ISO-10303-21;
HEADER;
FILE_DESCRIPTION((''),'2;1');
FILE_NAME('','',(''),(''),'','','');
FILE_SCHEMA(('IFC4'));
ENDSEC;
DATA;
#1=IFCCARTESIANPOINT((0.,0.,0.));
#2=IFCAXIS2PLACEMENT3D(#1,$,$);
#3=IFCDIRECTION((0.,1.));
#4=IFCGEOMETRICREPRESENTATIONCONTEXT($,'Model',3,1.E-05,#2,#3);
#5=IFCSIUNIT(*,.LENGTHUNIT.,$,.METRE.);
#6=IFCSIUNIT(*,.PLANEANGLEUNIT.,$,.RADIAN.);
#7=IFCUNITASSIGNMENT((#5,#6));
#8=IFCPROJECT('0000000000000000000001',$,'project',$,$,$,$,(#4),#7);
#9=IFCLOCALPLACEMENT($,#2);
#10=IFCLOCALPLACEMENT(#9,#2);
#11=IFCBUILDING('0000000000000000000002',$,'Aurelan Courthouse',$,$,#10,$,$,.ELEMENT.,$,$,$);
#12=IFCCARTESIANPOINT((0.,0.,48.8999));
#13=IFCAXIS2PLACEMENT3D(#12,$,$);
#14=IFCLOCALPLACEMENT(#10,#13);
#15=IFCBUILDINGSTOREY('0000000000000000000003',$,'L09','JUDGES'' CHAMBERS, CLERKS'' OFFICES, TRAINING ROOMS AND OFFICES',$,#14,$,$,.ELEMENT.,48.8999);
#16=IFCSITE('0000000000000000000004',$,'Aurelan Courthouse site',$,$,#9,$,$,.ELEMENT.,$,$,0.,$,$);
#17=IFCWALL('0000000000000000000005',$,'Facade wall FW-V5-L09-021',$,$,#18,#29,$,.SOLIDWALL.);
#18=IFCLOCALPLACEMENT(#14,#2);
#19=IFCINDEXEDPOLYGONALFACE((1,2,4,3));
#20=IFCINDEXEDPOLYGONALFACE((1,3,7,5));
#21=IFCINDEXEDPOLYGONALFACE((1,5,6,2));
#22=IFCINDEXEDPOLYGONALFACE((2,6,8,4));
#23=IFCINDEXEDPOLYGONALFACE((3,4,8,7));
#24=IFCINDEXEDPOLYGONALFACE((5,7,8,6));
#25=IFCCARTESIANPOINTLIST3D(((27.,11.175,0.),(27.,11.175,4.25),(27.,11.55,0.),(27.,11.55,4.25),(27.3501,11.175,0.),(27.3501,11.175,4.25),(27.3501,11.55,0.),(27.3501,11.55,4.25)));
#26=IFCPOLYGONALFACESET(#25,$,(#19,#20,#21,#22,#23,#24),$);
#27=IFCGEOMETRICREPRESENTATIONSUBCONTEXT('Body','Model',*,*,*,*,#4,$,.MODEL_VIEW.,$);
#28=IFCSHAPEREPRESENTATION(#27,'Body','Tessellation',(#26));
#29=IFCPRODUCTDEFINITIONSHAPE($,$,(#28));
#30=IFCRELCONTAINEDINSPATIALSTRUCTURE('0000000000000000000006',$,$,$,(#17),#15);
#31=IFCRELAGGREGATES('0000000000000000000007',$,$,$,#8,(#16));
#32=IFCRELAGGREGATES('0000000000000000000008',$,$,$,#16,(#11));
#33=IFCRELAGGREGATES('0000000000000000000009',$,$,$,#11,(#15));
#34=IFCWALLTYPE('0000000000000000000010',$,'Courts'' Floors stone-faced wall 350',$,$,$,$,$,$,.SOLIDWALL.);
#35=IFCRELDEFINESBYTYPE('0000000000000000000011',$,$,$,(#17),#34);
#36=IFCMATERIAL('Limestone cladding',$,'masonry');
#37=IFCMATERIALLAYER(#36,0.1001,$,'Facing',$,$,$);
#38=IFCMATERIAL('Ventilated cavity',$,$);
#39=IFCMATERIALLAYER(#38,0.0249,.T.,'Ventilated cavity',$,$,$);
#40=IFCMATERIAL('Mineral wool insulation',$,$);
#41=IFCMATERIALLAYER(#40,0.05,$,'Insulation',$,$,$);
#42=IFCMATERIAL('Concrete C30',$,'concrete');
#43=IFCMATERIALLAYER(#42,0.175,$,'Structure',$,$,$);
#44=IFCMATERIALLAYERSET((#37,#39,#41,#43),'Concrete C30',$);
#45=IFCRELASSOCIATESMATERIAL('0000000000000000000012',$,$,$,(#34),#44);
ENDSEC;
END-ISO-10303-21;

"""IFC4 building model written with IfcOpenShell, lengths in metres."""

from ifc_helpers import new_model, si_unit, direction, frame, frame_2d, origin, place, context, subcontext, project, spatial, rectangle, extrude, material, layer, layer_set, type_object, element, save


model = new_model("IFC4")

# Units and contexts
model_context = context("Model", 3, precision=1e-05, world=origin(), true_north=direction((0.0, 1.0)))
body_context = subcontext(model_context, "Body", "Model", "MODEL_VIEW")
ifc_project = project(units=[si_unit("LENGTHUNIT", "METRE"), si_unit("PLANEANGLEUNIT", "RADIAN")], contexts=[model_context])

# Site, building, storey
site_placement = place(None, origin())
site = spatial("IfcSite", under=ifc_project, at=site_placement, Name="Aurelan Courthouse site", CompositionType="ELEMENT", RefElevation=0.0)
building_placement = place(site_placement, origin())
building = spatial("IfcBuilding", under=site, at=building_placement, Name="Aurelan Courthouse", CompositionType="ELEMENT")
storey_placement = place(building_placement, frame((0.0, 0.0, 48.8999)))
storey = spatial("IfcBuildingStorey", under=building, at=storey_placement, Name="L09", Description="JUDGES' CHAMBERS, CLERKS' OFFICES, TRAINING ROOMS AND OFFICES", CompositionType="ELEMENT", Elevation=48.8999)

# Wall
ifc_material_1 = material(Name="Limestone cladding", Category="masonry")
ifc_material_2 = material(Name="Ventilated cavity")
ifc_material_3 = material(Name="Mineral wool insulation")
ifc_material_4 = material(Name="Concrete C30", Category="concrete")
ifc_layer_1 = layer(ifc_material_1, 0.1001, Name="Facing")
ifc_layer_2 = layer(ifc_material_2, 0.0249, ventilated=True, Name="Ventilated cavity")
ifc_layer_3 = layer(ifc_material_3, 0.05, Name="Insulation")
ifc_layer_4 = layer(ifc_material_4, 0.175, Name="Structure")
ifc_layer_set_1 = layer_set([ifc_layer_1, ifc_layer_2, ifc_layer_3, ifc_layer_4], Name="Concrete C30")
wall_type_1 = type_object("IfcWallType", Name="Courts' Floors stone-faced wall 350", PredefinedType="SOLIDWALL", material=ifc_layer_set_1)
wall_1_placement = place(storey_placement, frame((27.175, 11.175, 0.0), z_axis=(0.0, 0.0, 1.0), x_axis=(0.0, 1.0, 0.0)))
element("IfcWall", 1, at=wall_1_placement, inside=storey, type_object=wall_type_1, Name="Facade wall FW-V5-L09-021", PredefinedType="SOLIDWALL", context=body_context, shape_type="SweptSolid", body=[
    extrude(rectangle(XDim=0.375, YDim=0.3501, at=frame_2d((0.1875, 0.0))), origin(), (0.0, 0.0, 1.0), 4.25),
])

save(model, "model.ifc")
